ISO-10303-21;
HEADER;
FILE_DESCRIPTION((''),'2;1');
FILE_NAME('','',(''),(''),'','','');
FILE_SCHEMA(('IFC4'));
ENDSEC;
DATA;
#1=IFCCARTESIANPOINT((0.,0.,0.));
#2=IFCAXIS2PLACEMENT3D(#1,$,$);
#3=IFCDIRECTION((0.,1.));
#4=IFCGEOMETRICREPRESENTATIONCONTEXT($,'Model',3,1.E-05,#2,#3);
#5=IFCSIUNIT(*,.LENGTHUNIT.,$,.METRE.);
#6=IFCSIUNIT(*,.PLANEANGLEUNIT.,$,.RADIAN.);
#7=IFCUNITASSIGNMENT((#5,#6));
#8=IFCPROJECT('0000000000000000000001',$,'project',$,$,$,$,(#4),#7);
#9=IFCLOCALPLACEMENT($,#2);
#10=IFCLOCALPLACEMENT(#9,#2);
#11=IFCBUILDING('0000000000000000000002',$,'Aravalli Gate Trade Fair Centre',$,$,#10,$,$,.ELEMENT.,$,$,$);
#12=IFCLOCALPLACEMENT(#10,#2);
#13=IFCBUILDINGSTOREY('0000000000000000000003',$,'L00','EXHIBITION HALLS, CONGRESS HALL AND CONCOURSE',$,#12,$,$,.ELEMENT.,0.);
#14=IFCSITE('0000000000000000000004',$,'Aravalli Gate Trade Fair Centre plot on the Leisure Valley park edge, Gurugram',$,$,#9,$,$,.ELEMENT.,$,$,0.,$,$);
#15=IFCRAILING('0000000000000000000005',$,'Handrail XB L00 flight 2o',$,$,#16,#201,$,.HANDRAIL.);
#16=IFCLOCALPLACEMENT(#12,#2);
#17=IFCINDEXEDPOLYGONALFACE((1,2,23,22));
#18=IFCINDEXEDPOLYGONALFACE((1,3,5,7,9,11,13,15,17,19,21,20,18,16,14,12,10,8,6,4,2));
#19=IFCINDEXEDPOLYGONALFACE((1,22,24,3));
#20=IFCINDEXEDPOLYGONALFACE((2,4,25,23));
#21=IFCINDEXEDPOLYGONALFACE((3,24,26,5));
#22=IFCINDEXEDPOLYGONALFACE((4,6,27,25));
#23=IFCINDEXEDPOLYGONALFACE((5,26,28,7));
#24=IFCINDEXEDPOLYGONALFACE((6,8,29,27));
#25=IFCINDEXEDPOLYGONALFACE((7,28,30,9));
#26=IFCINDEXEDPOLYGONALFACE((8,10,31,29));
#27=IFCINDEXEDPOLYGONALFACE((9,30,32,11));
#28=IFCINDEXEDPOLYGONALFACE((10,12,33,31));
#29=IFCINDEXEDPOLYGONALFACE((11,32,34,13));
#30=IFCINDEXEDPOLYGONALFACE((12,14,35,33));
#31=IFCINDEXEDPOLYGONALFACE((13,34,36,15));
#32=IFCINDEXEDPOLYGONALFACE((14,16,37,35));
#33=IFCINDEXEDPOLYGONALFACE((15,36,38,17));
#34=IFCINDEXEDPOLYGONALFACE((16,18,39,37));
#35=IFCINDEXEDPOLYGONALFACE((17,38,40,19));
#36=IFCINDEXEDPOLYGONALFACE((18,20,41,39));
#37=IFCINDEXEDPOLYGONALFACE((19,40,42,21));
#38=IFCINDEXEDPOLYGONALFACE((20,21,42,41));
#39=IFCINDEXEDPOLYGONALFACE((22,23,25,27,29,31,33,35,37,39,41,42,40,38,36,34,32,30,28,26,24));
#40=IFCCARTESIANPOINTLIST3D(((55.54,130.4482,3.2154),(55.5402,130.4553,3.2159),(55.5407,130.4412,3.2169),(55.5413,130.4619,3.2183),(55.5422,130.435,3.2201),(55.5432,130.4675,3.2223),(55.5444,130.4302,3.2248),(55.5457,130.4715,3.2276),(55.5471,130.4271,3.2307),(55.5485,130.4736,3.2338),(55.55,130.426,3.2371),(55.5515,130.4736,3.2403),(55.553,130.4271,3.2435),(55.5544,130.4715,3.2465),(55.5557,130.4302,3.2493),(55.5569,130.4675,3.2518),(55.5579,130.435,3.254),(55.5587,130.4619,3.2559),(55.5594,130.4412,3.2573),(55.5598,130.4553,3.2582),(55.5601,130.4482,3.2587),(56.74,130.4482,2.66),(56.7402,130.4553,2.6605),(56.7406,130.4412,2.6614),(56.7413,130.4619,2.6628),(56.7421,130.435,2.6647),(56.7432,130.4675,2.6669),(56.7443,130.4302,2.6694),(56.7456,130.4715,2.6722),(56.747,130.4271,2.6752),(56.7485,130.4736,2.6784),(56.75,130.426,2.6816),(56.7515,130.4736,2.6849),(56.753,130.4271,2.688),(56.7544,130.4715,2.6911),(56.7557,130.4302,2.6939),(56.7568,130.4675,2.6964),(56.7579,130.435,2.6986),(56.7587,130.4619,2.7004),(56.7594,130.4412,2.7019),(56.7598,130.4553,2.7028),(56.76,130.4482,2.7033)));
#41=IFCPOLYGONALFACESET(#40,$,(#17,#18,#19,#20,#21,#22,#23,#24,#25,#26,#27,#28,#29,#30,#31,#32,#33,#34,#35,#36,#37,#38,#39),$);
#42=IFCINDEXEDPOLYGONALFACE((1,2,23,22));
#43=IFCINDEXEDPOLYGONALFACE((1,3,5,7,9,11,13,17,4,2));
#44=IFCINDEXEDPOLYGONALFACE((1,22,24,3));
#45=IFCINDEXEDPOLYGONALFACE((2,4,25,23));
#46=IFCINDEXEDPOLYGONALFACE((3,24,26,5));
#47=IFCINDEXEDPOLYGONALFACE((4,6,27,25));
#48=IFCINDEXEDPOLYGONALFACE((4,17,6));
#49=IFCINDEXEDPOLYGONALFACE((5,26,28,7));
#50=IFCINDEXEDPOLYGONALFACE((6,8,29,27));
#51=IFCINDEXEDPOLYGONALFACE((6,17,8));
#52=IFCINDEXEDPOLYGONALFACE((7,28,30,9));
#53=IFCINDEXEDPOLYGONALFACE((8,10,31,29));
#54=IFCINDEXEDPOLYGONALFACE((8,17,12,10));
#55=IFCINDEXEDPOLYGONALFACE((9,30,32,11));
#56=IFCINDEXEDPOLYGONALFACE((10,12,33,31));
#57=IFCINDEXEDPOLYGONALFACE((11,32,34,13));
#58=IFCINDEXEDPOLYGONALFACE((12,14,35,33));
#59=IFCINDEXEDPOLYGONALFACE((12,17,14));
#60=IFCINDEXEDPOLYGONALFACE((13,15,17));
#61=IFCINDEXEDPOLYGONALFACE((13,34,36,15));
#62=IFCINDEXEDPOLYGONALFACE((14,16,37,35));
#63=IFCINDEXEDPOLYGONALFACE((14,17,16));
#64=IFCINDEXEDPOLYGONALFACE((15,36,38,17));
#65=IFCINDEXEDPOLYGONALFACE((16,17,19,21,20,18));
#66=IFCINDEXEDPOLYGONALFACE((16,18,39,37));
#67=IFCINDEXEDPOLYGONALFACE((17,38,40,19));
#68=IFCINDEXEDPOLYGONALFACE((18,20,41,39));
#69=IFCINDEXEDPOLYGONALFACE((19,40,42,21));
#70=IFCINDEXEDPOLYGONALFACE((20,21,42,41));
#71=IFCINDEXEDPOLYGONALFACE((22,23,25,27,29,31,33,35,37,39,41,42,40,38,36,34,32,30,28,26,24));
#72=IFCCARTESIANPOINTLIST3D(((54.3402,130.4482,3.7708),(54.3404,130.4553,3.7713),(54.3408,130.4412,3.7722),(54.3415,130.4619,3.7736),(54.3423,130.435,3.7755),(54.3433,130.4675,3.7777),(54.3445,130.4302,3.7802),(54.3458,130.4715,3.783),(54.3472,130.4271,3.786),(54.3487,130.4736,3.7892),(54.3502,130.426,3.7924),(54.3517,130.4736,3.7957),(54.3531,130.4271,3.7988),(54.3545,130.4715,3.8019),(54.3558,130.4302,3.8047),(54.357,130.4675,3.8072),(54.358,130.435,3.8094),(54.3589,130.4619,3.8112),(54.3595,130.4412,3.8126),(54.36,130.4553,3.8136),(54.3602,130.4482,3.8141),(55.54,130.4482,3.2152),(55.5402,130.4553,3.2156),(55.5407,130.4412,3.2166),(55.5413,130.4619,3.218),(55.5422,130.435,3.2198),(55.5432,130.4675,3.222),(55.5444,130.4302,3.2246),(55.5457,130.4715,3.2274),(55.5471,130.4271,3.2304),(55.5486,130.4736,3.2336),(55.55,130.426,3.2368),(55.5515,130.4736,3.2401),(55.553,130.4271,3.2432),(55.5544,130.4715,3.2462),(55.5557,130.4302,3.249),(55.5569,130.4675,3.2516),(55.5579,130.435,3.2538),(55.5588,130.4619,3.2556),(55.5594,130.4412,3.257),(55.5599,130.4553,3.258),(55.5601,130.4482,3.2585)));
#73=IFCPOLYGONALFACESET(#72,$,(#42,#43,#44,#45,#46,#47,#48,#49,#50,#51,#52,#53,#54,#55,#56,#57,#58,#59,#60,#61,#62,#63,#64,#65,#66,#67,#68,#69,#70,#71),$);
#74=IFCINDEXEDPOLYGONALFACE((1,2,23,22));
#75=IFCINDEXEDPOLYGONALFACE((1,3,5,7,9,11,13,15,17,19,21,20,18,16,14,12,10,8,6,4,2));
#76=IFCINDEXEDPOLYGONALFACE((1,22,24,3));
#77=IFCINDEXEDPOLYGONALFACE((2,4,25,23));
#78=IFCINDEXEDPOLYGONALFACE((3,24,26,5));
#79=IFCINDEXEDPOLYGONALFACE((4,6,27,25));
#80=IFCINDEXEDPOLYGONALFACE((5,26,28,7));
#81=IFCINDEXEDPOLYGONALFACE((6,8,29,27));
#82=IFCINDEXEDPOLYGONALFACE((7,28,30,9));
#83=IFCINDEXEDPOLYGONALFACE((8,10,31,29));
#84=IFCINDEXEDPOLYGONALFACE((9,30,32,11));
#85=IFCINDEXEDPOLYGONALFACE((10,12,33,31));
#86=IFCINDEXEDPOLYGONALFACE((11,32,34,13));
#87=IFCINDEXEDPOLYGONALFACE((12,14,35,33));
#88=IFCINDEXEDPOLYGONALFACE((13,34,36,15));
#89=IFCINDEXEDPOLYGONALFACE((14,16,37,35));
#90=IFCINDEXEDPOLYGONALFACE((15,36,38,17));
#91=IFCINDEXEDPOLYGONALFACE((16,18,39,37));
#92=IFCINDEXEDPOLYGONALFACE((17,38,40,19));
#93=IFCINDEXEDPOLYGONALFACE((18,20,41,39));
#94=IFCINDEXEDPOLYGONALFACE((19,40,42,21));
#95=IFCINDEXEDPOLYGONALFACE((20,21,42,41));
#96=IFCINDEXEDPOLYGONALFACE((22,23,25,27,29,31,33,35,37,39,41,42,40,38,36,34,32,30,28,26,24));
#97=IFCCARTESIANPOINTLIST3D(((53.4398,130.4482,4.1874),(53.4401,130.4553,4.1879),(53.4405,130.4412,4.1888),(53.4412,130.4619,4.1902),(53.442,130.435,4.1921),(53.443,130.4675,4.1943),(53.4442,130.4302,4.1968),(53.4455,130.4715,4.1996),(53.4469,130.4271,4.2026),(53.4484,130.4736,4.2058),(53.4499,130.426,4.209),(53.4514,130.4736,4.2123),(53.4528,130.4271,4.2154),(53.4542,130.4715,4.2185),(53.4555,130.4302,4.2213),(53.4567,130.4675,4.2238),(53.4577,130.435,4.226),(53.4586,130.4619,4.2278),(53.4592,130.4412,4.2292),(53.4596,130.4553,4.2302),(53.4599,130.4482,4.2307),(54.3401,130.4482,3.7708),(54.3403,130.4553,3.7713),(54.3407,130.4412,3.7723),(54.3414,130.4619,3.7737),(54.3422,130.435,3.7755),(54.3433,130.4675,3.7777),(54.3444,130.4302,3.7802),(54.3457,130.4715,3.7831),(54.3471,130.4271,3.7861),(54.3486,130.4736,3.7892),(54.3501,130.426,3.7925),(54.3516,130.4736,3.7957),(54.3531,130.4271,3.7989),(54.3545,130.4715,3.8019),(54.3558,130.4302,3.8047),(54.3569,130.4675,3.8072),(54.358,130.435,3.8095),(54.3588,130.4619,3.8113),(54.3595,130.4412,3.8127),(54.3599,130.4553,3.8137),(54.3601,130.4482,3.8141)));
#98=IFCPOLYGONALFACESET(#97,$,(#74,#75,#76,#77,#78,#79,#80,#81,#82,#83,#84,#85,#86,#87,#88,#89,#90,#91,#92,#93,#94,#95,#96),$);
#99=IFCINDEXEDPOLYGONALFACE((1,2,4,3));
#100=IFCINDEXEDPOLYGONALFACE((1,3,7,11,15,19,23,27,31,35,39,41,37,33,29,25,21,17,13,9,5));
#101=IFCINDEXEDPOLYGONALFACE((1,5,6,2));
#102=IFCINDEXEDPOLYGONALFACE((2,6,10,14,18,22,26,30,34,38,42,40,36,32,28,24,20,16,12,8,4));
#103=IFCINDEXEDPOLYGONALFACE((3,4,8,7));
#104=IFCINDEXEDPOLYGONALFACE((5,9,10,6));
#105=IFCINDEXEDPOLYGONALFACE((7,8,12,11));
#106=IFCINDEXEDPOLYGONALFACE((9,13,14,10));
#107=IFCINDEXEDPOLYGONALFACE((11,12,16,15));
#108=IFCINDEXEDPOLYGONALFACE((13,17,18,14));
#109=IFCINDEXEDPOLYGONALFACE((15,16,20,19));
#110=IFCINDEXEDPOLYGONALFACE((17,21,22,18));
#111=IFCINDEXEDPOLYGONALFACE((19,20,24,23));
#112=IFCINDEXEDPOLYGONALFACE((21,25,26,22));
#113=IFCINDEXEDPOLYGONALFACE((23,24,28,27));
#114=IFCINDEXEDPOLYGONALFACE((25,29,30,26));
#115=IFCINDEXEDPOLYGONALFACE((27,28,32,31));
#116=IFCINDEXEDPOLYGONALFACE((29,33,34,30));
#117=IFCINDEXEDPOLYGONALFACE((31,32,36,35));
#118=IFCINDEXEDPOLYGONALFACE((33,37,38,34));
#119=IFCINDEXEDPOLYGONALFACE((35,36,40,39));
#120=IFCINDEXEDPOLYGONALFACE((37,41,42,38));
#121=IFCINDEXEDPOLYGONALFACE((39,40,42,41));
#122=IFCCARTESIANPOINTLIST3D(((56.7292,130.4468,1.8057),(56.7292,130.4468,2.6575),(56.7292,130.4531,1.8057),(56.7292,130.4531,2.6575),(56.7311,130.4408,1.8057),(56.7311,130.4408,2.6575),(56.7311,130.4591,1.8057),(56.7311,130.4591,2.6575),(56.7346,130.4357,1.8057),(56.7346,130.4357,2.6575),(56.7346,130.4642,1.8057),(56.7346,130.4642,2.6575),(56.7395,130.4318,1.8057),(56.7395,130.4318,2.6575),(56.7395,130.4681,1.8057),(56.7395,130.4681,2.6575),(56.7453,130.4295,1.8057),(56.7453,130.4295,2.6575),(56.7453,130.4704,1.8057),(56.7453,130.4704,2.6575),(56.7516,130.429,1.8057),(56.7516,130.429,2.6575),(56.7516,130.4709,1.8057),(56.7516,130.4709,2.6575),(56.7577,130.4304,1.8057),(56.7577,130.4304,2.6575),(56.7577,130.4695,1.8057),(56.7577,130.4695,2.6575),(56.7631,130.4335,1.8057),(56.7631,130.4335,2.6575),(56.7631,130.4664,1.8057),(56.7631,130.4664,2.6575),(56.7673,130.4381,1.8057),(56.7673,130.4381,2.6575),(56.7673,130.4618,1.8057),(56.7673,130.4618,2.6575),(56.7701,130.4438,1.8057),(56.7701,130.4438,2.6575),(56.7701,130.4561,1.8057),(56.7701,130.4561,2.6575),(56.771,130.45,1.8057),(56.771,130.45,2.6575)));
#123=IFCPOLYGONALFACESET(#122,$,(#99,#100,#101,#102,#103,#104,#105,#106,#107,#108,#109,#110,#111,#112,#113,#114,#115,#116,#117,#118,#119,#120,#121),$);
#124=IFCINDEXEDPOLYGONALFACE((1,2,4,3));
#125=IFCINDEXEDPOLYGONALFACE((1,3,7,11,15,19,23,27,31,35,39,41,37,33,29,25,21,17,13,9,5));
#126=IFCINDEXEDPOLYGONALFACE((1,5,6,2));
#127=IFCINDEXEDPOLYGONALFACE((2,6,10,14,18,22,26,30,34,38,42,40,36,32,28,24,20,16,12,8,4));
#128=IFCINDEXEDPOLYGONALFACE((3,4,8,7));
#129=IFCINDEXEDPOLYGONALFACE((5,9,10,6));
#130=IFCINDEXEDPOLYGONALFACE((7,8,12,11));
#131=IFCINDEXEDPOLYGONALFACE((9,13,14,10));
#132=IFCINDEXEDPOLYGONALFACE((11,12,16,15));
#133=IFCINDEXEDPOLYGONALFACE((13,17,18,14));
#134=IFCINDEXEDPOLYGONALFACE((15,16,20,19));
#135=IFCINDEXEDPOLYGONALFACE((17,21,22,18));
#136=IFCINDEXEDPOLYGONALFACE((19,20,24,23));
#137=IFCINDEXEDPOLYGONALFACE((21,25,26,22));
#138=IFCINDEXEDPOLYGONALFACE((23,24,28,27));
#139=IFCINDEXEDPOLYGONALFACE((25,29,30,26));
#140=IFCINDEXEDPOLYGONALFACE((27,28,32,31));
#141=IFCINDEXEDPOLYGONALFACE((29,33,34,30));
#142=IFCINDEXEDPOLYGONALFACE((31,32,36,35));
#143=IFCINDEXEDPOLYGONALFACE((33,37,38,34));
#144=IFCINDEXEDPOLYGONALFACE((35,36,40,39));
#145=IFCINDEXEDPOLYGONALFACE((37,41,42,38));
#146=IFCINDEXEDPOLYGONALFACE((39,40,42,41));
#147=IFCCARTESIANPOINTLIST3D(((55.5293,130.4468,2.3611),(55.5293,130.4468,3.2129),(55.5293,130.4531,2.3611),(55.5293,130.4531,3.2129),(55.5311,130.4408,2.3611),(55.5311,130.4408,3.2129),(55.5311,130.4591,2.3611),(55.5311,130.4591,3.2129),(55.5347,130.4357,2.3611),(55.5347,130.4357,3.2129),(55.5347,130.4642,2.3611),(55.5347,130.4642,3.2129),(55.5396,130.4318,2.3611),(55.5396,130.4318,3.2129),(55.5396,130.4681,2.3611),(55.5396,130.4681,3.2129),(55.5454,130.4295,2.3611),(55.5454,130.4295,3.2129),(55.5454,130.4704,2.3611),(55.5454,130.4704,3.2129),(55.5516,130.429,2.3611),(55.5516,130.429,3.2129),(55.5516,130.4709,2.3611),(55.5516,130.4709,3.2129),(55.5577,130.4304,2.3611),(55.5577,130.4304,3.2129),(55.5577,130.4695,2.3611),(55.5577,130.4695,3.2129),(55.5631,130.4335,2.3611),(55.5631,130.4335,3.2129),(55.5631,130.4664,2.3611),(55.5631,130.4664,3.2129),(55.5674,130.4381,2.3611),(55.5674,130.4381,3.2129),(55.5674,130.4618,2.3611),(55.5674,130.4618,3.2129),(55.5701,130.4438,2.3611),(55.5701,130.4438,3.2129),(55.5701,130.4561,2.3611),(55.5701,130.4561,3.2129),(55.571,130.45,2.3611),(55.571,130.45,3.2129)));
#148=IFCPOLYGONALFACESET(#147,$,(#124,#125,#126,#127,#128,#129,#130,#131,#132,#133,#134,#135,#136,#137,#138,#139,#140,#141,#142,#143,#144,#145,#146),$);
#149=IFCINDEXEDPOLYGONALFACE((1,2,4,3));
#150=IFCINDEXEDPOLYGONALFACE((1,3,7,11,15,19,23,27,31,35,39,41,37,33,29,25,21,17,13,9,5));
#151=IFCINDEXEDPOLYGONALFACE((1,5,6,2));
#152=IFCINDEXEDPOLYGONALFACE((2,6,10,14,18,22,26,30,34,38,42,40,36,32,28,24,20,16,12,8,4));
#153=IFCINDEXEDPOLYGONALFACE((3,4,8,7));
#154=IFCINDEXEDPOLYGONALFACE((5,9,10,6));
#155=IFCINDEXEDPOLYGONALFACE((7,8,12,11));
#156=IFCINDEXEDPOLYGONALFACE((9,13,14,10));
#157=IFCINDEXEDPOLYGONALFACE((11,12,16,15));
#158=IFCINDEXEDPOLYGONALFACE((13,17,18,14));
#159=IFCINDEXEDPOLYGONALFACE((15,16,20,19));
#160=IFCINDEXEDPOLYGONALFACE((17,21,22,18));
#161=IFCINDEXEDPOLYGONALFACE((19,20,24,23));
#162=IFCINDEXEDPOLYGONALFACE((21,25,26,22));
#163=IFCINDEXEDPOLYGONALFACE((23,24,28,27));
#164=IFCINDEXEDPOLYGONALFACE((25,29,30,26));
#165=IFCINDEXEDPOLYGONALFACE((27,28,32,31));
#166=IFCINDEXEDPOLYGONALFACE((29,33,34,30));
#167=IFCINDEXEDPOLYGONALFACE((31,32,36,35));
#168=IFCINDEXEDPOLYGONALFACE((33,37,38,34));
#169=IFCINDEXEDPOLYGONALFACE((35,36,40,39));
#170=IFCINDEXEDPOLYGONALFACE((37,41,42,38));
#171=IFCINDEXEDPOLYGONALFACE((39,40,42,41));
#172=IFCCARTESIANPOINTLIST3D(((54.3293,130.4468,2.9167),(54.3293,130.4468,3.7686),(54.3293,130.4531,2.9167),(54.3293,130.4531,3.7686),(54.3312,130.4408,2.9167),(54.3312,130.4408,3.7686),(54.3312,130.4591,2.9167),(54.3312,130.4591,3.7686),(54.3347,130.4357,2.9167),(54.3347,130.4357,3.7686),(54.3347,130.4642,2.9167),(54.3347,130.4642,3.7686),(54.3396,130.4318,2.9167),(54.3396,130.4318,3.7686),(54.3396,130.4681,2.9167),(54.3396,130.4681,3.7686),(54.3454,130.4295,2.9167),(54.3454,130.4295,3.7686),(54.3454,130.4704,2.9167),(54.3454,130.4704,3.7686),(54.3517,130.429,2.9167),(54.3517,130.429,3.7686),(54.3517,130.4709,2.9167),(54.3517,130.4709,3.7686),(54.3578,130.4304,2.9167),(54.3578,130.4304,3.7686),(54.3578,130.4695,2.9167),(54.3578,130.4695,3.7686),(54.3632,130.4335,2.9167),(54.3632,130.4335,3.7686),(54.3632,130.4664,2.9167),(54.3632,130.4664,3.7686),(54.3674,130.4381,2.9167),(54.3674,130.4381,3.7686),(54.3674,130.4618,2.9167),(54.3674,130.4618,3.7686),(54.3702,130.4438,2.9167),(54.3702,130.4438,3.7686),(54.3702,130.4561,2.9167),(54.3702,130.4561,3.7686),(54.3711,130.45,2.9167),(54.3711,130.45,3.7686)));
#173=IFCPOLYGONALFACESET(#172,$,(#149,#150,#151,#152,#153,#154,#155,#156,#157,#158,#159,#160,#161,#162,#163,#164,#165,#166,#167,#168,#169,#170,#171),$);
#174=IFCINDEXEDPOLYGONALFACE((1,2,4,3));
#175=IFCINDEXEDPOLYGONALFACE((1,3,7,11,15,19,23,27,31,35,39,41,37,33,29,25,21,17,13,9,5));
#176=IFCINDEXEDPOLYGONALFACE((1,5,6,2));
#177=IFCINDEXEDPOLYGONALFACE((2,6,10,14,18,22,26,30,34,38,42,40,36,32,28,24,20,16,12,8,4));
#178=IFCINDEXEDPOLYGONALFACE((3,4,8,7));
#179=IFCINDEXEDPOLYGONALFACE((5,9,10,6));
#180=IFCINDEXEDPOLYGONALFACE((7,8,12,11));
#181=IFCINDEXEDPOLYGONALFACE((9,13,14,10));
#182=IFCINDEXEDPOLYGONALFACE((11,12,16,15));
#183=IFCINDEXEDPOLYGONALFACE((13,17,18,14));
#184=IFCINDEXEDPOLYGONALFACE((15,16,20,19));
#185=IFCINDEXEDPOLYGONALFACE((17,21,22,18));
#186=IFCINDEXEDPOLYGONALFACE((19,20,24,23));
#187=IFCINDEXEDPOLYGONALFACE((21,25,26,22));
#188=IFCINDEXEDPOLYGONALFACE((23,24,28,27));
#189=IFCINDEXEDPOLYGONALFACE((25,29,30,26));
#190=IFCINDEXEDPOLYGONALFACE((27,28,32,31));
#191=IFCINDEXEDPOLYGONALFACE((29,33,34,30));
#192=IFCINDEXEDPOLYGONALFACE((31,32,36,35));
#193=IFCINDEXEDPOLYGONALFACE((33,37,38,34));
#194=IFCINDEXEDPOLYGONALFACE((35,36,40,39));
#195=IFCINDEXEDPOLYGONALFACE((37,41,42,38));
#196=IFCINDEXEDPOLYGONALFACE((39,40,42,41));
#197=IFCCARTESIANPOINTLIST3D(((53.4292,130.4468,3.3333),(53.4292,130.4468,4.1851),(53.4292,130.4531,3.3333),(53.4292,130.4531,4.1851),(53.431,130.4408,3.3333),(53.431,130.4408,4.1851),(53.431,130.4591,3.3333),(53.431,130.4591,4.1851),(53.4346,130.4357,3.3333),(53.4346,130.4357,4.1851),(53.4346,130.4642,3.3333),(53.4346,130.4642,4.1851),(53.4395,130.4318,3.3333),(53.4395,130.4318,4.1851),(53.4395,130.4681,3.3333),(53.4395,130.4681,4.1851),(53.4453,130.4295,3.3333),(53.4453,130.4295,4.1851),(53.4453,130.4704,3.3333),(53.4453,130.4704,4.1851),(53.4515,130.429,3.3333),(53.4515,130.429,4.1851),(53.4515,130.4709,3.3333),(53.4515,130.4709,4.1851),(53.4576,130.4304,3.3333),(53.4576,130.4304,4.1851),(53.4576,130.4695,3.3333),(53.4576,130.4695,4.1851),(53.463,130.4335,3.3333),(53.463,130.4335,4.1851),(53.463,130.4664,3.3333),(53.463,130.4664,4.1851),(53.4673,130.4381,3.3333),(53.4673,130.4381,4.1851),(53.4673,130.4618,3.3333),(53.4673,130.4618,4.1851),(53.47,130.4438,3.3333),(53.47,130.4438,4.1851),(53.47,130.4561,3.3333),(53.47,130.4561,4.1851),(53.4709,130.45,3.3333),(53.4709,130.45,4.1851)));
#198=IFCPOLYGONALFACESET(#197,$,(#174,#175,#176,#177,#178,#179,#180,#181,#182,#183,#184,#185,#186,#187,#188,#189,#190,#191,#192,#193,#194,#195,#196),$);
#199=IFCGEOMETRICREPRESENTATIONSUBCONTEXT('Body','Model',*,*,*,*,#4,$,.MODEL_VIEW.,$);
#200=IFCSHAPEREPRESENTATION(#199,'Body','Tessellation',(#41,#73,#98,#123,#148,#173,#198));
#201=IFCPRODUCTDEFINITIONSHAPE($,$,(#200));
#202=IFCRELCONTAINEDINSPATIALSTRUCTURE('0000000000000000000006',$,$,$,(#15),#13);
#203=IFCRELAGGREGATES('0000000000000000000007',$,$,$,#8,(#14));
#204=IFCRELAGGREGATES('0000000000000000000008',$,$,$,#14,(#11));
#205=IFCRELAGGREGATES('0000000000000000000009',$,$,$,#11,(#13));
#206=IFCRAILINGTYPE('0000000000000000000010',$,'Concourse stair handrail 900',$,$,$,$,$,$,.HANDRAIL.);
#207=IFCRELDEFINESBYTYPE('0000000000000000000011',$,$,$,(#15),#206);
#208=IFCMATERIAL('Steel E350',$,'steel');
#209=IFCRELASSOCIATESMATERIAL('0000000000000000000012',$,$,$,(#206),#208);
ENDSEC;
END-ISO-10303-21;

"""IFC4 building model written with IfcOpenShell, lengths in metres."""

from ifc_helpers import new_model, si_unit, direction, frame, origin, origin_2d, place, context, subcontext, project, spatial, circle, extrude, material, type_object, element, save


model = new_model("IFC4")

# Units and contexts
model_context = context("Model", 3, precision=1e-05, world=origin(), true_north=direction((0.0, 1.0)))
body_context = subcontext(model_context, "Body", "Model", "MODEL_VIEW")
ifc_project = project(units=[si_unit("LENGTHUNIT", "METRE"), si_unit("PLANEANGLEUNIT", "RADIAN")], contexts=[model_context])

# Site, building, storey
site_placement = place(None, origin())
site = spatial("IfcSite", under=ifc_project, at=site_placement, Name="Aravalli Gate Trade Fair Centre plot on the Leisure Valley park edge, Gurugram", CompositionType="ELEMENT", RefElevation=0.0)
building_placement = place(site_placement, origin())
building = spatial("IfcBuilding", under=site, at=building_placement, Name="Aravalli Gate Trade Fair Centre", CompositionType="ELEMENT")
storey_placement = place(building_placement, origin())
storey = spatial("IfcBuildingStorey", under=building, at=storey_placement, Name="L00", Description="EXHIBITION HALLS, CONGRESS HALL AND CONCOURSE", CompositionType="ELEMENT", Elevation=0.0)

# Shared definitions
ifc_material_1 = material(Name="Steel E350", Category="steel")

# Railing
railing_type = type_object("IfcRailingType", Name="Concourse stair handrail 900", PredefinedType="HANDRAIL", material=ifc_material_1)
for number, where, name in (
    (1, (56.75, 130.45, 1.8057), "Handrail XB L00 flight 2o"),
):
    element("IfcRailing", number, at=place(storey_placement, frame(where)), inside=storey, type_object=railing_type, Name=name, PredefinedType="HANDRAIL", context=body_context, shape_type="SweptSolid", body=[
        extrude(circle(Radius=0.0239, at=origin_2d()), frame((0.0, 0.0, 0.876), z_axis=(-0.907499, 0.0, 0.420053), x_axis=(0.0, -1.0, 0.0)), (0.0, 0.0, 1.0), 1.3223),
        extrude(circle(Radius=0.0239, at=origin_2d()), frame((-1.2, 0.0, 1.4312), z_axis=(-0.907429, 0.0, 0.420205), x_axis=(0.0, -1.0, 0.0)), (0.0, 0.0, 1.0), 1.3223),
        extrude(circle(Radius=0.0239, at=origin_2d()), frame((-2.3999, 0.0, 1.9868), z_axis=(-0.907556, 0.0, 0.419932), x_axis=(0.0, -1.0, 0.0)), (0.0, 0.0, 1.0), 0.9919),
        extrude(circle(Radius=0.021, at=origin_2d()), origin(), (0.0, 0.0, 1.0), 0.8518),
        extrude(circle(Radius=0.021, at=origin_2d()), frame((-1.2, 0.0, 0.5554)), (0.0, 0.0, 1.0), 0.8518),
        extrude(circle(Radius=0.021, at=origin_2d()), frame((-2.3999, 0.0, 1.1111)), (0.0, 0.0, 1.0), 0.8518),
        extrude(circle(Radius=0.021, at=origin_2d()), frame((-3.3, 0.0, 1.5276)), (0.0, 0.0, 1.0), 0.8518),
    ])

save(model, "model.ifc")
